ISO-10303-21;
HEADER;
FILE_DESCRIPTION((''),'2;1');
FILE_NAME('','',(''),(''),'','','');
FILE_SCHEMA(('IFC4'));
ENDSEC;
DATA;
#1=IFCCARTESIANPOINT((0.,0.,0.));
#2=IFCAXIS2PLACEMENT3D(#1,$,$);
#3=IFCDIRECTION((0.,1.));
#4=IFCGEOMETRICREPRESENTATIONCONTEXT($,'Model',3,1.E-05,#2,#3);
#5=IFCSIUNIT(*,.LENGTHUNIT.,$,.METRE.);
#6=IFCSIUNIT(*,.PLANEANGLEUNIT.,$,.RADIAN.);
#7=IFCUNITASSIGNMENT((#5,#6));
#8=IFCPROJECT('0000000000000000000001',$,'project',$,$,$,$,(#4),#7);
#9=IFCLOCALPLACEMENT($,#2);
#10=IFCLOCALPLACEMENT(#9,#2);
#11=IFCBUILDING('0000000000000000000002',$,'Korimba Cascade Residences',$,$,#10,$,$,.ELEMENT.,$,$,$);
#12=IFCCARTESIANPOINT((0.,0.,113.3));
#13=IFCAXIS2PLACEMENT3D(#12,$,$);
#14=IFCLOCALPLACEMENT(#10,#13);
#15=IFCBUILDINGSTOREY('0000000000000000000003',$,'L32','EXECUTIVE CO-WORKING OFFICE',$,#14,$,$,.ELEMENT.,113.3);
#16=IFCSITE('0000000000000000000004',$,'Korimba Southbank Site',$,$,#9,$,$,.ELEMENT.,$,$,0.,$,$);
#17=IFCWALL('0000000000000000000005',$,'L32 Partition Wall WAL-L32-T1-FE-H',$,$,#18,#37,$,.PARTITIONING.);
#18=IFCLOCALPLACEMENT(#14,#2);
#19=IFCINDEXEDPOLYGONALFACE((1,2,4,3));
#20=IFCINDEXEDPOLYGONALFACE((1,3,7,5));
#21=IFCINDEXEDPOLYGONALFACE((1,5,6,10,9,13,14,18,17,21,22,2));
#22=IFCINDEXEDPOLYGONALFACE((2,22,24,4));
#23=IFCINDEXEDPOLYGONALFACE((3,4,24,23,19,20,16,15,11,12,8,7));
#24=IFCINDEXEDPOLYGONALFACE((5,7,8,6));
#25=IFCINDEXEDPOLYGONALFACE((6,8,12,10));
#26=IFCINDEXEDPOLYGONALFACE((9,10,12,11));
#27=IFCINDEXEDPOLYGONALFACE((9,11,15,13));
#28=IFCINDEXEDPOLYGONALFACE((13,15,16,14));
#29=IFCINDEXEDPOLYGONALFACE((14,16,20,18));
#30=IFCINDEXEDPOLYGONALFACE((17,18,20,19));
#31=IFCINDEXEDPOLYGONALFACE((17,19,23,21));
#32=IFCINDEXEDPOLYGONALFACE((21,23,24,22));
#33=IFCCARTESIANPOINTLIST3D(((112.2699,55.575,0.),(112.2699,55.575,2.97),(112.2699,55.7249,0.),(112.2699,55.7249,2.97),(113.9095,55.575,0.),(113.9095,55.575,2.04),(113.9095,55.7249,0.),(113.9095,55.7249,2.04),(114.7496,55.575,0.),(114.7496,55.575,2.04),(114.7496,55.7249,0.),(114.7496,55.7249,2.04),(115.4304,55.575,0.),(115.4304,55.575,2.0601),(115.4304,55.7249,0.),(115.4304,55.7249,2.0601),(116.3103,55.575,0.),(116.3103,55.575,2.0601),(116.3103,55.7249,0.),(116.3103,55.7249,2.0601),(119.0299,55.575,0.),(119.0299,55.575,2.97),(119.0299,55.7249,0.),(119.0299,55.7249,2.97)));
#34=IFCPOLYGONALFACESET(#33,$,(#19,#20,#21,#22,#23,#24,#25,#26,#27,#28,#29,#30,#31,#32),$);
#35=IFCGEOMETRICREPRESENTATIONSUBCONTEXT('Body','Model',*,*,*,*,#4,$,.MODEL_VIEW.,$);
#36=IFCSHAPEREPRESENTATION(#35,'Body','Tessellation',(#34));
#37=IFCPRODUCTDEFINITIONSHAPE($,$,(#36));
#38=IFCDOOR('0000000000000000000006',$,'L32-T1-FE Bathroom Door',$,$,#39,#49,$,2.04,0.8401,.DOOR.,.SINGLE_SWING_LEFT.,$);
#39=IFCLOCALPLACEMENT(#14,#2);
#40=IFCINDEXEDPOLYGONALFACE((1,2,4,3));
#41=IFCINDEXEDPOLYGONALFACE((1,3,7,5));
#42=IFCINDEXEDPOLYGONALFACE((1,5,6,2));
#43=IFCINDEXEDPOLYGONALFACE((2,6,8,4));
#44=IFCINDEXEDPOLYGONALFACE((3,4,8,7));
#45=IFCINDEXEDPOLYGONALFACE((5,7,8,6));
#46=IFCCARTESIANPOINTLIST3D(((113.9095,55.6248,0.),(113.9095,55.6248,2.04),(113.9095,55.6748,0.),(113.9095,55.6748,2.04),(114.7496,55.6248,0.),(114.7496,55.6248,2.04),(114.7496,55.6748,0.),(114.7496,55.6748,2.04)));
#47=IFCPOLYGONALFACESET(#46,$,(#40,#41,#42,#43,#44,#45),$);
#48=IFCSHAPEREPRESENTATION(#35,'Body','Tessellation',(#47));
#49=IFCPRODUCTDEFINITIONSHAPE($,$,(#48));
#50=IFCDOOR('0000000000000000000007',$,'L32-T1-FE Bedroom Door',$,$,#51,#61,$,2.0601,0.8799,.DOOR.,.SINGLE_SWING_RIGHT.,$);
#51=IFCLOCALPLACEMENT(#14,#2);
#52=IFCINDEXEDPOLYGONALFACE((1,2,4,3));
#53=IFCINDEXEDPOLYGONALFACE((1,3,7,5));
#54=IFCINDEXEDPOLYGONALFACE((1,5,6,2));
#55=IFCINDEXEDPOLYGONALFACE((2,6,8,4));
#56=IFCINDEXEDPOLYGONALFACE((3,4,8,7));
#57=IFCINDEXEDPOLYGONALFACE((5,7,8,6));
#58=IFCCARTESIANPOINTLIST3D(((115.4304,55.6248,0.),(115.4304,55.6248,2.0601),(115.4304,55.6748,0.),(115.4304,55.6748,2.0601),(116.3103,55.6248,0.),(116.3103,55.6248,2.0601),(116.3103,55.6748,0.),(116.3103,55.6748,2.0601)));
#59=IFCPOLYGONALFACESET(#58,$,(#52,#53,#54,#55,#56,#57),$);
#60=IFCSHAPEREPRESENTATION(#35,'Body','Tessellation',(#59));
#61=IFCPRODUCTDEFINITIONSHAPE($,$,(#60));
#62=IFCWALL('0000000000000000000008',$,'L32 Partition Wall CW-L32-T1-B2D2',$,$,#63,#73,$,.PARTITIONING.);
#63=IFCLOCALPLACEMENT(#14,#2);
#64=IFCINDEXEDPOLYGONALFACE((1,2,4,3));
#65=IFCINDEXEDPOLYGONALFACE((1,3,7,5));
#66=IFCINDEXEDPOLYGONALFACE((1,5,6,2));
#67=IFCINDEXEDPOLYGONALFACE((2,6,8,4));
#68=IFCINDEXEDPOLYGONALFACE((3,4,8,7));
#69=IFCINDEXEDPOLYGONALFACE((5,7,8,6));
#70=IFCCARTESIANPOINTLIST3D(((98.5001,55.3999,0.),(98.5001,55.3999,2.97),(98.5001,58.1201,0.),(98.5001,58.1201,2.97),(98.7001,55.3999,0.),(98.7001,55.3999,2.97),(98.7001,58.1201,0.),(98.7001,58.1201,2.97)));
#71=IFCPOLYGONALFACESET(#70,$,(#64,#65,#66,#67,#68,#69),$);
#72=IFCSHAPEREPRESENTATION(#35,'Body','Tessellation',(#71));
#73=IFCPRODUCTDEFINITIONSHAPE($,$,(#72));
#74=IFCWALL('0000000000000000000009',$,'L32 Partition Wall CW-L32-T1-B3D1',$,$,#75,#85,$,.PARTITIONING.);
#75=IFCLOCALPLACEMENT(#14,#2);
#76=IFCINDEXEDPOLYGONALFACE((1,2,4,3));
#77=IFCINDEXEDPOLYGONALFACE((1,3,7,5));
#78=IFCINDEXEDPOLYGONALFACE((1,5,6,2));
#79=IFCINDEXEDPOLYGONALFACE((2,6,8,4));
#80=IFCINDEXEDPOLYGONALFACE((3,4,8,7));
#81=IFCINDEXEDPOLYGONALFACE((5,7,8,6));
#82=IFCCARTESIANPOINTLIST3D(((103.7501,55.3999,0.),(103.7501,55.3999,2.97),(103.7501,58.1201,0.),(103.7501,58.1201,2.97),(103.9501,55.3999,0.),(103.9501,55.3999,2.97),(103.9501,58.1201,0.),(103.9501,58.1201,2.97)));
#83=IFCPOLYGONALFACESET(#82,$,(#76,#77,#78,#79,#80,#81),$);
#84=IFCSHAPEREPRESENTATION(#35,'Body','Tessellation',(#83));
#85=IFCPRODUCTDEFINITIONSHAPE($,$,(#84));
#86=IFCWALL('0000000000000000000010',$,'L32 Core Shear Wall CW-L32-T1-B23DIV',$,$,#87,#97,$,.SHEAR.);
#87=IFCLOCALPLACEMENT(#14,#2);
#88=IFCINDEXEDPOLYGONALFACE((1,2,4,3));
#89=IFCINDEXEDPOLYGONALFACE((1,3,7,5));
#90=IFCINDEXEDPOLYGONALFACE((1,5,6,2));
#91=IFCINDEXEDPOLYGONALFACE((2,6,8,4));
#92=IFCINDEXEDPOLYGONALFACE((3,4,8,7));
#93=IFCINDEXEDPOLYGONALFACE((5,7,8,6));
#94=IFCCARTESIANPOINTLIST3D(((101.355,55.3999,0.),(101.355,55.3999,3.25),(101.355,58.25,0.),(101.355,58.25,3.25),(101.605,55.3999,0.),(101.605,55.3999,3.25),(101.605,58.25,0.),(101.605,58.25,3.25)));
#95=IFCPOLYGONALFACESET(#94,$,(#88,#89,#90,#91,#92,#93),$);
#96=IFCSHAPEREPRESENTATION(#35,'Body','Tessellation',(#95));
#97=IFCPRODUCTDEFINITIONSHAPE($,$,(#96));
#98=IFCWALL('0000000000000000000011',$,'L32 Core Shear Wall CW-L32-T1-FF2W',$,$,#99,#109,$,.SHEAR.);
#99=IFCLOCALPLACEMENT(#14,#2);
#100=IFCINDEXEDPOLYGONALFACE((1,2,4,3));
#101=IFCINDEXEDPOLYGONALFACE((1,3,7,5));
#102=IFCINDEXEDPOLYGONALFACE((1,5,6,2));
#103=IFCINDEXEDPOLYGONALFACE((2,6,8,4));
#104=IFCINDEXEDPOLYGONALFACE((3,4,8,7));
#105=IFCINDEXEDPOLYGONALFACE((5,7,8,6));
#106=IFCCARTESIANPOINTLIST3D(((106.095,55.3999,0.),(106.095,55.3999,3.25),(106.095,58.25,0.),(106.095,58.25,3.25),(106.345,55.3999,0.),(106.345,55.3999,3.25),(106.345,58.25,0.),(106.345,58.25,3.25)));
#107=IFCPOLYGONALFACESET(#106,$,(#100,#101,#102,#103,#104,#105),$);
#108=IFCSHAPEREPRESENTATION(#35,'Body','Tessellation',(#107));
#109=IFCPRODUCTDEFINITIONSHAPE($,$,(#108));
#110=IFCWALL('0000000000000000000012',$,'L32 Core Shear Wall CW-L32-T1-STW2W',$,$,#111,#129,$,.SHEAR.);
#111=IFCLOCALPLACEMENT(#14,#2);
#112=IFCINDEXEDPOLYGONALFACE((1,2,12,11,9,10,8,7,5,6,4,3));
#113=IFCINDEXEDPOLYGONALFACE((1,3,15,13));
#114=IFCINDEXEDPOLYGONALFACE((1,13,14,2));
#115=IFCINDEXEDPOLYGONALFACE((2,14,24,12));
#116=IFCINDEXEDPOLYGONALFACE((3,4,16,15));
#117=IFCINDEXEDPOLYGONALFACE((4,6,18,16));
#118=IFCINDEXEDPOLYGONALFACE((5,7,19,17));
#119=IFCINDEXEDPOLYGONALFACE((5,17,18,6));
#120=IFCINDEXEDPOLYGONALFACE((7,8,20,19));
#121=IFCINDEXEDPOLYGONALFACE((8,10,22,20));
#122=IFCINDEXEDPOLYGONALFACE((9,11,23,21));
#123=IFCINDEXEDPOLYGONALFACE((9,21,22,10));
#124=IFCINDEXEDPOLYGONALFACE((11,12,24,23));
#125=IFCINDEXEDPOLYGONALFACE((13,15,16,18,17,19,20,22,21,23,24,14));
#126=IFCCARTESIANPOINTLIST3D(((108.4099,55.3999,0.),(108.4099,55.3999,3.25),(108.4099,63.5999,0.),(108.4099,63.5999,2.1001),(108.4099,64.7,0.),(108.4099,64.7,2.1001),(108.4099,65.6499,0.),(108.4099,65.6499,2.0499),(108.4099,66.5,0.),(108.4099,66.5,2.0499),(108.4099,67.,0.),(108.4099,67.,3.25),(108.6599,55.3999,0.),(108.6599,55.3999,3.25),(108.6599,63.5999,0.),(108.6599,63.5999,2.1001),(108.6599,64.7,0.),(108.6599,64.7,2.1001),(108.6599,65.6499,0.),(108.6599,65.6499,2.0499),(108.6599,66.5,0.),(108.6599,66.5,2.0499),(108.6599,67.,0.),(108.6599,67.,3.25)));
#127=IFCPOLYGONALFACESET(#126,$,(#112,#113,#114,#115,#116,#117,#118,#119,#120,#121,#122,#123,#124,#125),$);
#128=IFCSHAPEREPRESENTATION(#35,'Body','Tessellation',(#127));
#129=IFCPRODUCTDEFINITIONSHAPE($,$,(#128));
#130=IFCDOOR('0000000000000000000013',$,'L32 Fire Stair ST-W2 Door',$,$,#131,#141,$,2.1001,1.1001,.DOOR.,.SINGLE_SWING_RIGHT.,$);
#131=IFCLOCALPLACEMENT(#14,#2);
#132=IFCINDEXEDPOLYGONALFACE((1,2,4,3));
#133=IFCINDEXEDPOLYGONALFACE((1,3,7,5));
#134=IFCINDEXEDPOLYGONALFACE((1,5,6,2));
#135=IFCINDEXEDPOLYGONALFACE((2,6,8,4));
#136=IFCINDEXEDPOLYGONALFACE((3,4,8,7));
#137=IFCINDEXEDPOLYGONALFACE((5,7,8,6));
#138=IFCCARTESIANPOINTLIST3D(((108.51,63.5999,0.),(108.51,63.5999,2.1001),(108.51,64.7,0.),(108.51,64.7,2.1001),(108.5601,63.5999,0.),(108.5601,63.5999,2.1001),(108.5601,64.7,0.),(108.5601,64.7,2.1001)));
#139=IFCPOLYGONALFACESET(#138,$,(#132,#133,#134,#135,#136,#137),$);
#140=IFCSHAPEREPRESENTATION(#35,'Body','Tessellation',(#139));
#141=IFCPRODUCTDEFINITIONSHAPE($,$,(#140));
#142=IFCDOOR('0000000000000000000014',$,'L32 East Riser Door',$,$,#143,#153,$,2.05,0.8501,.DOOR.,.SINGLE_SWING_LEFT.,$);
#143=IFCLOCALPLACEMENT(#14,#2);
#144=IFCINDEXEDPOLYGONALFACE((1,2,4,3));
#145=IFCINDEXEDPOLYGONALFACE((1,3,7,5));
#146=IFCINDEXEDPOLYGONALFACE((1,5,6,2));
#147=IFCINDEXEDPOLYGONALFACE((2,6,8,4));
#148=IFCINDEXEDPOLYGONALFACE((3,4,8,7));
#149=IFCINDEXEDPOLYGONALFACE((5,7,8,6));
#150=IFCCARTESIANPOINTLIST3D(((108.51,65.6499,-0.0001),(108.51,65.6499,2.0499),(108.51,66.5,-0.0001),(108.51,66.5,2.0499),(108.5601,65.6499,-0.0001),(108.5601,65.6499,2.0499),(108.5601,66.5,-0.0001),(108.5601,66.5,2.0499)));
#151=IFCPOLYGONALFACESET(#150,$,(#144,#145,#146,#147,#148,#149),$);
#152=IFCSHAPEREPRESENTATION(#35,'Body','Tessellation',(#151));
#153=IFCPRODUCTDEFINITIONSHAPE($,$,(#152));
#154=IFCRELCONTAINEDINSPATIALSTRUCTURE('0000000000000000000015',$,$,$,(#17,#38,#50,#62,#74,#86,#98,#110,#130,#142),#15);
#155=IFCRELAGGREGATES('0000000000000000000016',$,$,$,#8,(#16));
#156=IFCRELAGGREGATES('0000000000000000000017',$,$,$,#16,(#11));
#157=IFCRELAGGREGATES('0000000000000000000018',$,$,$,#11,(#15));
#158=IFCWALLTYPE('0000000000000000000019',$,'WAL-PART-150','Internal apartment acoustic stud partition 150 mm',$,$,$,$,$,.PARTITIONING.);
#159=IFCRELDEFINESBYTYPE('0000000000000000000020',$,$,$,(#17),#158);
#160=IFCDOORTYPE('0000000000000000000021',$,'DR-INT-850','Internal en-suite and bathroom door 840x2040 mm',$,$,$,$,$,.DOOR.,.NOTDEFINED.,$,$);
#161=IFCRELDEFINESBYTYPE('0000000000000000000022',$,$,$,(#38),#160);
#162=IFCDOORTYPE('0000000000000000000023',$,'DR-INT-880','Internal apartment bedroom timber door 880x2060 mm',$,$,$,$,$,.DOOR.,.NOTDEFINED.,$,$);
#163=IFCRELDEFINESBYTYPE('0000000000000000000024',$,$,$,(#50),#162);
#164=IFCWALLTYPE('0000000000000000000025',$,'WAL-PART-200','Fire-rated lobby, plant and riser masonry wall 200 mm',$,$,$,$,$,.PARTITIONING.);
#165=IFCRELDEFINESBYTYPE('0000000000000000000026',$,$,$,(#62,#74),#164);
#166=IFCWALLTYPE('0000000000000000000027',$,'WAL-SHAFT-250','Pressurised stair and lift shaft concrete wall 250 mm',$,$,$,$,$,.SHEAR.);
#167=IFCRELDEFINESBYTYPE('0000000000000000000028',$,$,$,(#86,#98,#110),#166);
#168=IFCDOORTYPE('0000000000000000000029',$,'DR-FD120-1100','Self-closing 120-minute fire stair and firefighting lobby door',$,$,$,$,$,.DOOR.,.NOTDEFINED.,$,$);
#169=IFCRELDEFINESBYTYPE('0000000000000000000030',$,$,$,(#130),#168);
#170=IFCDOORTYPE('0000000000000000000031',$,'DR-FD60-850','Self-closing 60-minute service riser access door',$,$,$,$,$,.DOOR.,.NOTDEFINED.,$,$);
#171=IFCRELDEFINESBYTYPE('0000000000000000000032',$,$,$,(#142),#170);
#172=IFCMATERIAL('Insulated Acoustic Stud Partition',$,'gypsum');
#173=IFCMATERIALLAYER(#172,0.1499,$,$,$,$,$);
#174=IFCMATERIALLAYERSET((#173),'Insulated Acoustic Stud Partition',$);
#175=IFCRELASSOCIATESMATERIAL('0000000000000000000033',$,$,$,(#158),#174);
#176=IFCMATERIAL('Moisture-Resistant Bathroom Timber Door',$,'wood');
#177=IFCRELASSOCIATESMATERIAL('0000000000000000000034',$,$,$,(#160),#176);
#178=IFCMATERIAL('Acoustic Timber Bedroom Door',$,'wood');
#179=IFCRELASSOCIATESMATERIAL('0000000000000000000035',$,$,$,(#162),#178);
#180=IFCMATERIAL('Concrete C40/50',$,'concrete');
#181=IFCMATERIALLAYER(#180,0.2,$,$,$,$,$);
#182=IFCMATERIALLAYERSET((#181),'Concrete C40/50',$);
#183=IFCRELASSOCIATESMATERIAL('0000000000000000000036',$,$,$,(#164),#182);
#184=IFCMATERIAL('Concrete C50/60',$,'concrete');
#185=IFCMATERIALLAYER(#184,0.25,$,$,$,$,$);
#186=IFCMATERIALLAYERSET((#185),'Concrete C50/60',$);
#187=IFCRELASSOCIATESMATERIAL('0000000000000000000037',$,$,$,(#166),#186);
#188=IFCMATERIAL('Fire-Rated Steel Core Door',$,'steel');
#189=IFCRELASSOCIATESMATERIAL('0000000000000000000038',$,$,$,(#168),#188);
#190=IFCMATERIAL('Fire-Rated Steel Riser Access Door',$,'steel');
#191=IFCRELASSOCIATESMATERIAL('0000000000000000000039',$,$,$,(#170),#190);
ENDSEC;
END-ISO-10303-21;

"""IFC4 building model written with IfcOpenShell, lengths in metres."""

from ifc_helpers import new_model, si_unit, direction, frame, frame_2d, origin, place, context, subcontext, project, spatial, rectangle, extrude, material, layer, layer_set, type_object, element, fill, save


model = new_model("IFC4")

# Units and contexts
model_context = context("Model", 3, precision=1e-05, world=origin(), true_north=direction((0.0, 1.0)))
body_context = subcontext(model_context, "Body", "Model", "MODEL_VIEW")
ifc_project = project(units=[si_unit("LENGTHUNIT", "METRE"), si_unit("PLANEANGLEUNIT", "RADIAN")], contexts=[model_context])

# Site, building, storey
site_placement = place(None, origin())
site = spatial("IfcSite", under=ifc_project, at=site_placement, Name="Korimba Southbank Site", CompositionType="ELEMENT", RefElevation=0.0)
building_placement = place(site_placement, origin())
building = spatial("IfcBuilding", under=site, at=building_placement, Name="Korimba Cascade Residences", CompositionType="ELEMENT")
storey_placement = place(building_placement, frame((0.0, 0.0, 113.3)))
storey = spatial("IfcBuildingStorey", under=building, at=storey_placement, Name="L32", Description="EXECUTIVE CO-WORKING OFFICE", CompositionType="ELEMENT", Elevation=113.3)

# Shared definitions
ifc_material_1 = material(Name="Insulated Acoustic Stud Partition", Category="gypsum")
ifc_layer_1 = layer(ifc_material_1, 0.1499)
ifc_layer_set_1 = layer_set([ifc_layer_1], Name="Insulated Acoustic Stud Partition")
wall_type_1 = type_object("IfcWallType", Name="WAL-PART-150", Description="Internal apartment acoustic stud partition 150 mm", PredefinedType="PARTITIONING", material=ifc_layer_set_1)

# Wall, openings, doors
wall_1_placement = place(storey_placement, frame((112.27, 55.6499, 0.0), z_axis=(0.0, 0.0, 1.0), x_axis=(1.0, 0.0, 0.0)))
wall_1 = element("IfcWall", 1, at=wall_1_placement, inside=storey, type_object=wall_type_1, Name="L32 Partition Wall WAL-L32-T1-FE-H", PredefinedType="PARTITIONING", context=body_context, shape_type="SweptSolid", body=[
    extrude(rectangle(XDim=6.76, YDim=0.1499, at=frame_2d((3.3799, 0.0))), origin(), (0.0, 0.0, 1.0), 2.97),
])
opening_1_placement = place(wall_1_placement, frame((1.6396, 0.0, 0.0)))
opening_1 = element("IfcOpeningElement", 2, at=opening_1_placement, cuts=wall_1, PredefinedType="OPENING", context=body_context, shape_type="SweptSolid", body=[
    extrude(rectangle(XDim=0.8401, YDim=2.04, at=frame_2d((0.4199, 1.02))), frame((0.0, 0.085, 0.0), z_axis=(0.0, -1.0, 0.0), x_axis=(1.0, 0.0, 0.0)), (0.0, 0.0, 1.0), 0.1699),
])
opening_2_placement = place(wall_1_placement, frame((3.1604, 0.0, 0.0)))
opening_2 = element("IfcOpeningElement", 3, at=opening_2_placement, cuts=wall_1, PredefinedType="OPENING", context=body_context, shape_type="SweptSolid", body=[
    extrude(rectangle(XDim=0.8799, YDim=2.0601, at=frame_2d((0.4399, 1.03))), frame((0.0, 0.085, 0.0), z_axis=(0.0, -1.0, 0.0), x_axis=(1.0, 0.0, 0.0)), (0.0, 0.0, 1.0), 0.1699),
])
ifc_material_2 = material(Name="Moisture-Resistant Bathroom Timber Door", Category="wood")
door_type_1 = type_object("IfcDoorType", Name="DR-INT-850", Description="Internal en-suite and bathroom door 840x2040 mm", OperationType="NOTDEFINED", PredefinedType="DOOR", material=ifc_material_2)
door_1_placement = place(opening_1_placement, origin())
door_1 = element("IfcDoor", 4, at=door_1_placement, inside=storey, type_object=door_type_1, Name="L32-T1-FE Bathroom Door", OperationType="SINGLE_SWING_LEFT", OverallHeight=2.04, OverallWidth=0.8401, PredefinedType="DOOR", context=body_context, shape_type="SweptSolid", body=[
    extrude(rectangle(XDim=0.8401, YDim=2.04, at=frame_2d((0.4199, 1.02))), frame((0.0, 0.0249, 0.0), z_axis=(0.0, -1.0, 0.0), x_axis=(1.0, 0.0, 0.0)), (0.0, 0.0, 1.0), 0.05),
])
fill(opening_1, door_1)
ifc_material_3 = material(Name="Acoustic Timber Bedroom Door", Category="wood")
door_type_2 = type_object("IfcDoorType", Name="DR-INT-880", Description="Internal apartment bedroom timber door 880x2060 mm", OperationType="NOTDEFINED", PredefinedType="DOOR", material=ifc_material_3)
door_2_placement = place(opening_2_placement, origin())
door_2 = element("IfcDoor", 5, at=door_2_placement, inside=storey, type_object=door_type_2, Name="L32-T1-FE Bedroom Door", OperationType="SINGLE_SWING_RIGHT", OverallHeight=2.0601, OverallWidth=0.8799, PredefinedType="DOOR", context=body_context, shape_type="SweptSolid", body=[
    extrude(rectangle(XDim=0.8799, YDim=2.0601, at=frame_2d((0.4399, 1.03))), frame((0.0, 0.0249, 0.0), z_axis=(0.0, -1.0, 0.0), x_axis=(1.0, 0.0, 0.0)), (0.0, 0.0, 1.0), 0.05),
])
fill(opening_2, door_2)

# Walls
ifc_material_4 = material(Name="Concrete C40/50", Category="concrete")
ifc_layer_2 = layer(ifc_material_4, 0.2)
ifc_layer_set_2 = layer_set([ifc_layer_2], Name="Concrete C40/50")
wall_type_2 = type_object("IfcWallType", Name="WAL-PART-200", Description="Fire-rated lobby, plant and riser masonry wall 200 mm", PredefinedType="PARTITIONING", material=ifc_layer_set_2)
for number, where, z_axis, x_axis, name in (
    (6, (98.6001, 55.3999, 0.0), (0.0, 0.0, 1.0), (0.0, 1.0, 0.0), "L32 Partition Wall CW-L32-T1-B2D2"),
    (7, (103.8501, 55.3999, 0.0), (0.0, 0.0, 1.0), (0.0, 1.0, 0.0), "L32 Partition Wall CW-L32-T1-B3D1"),
):
    element("IfcWall", number, at=place(storey_placement, frame(where, z_axis=z_axis, x_axis=x_axis)), inside=storey, type_object=wall_type_2, Name=name, PredefinedType="PARTITIONING", context=body_context, shape_type="SweptSolid", body=[
        extrude(rectangle(XDim=2.7202, YDim=0.2, at=frame_2d((1.3601, 0.0))), origin(), (0.0, 0.0, 1.0), 2.97),
    ])
ifc_material_5 = material(Name="Concrete C50/60", Category="concrete")
ifc_layer_3 = layer(ifc_material_5, 0.25)
ifc_layer_set_3 = layer_set([ifc_layer_3], Name="Concrete C50/60")
wall_type_3 = type_object("IfcWallType", Name="WAL-SHAFT-250", Description="Pressurised stair and lift shaft concrete wall 250 mm", PredefinedType="SHEAR", material=ifc_layer_set_3)
for number, where, z_axis, x_axis, name in (
    (8, (101.48, 55.3999, 0.0), (0.0, 0.0, 1.0), (0.0, 1.0, 0.0), "L32 Core Shear Wall CW-L32-T1-B23DIV"),
    (9, (106.22, 55.3999, 0.0), (0.0, 0.0, 1.0), (0.0, 1.0, 0.0), "L32 Core Shear Wall CW-L32-T1-FF2W"),
):
    element("IfcWall", number, at=place(storey_placement, frame(where, z_axis=z_axis, x_axis=x_axis)), inside=storey, type_object=wall_type_3, Name=name, PredefinedType="SHEAR", context=body_context, shape_type="SweptSolid", body=[
        extrude(rectangle(XDim=2.8501, YDim=0.25, at=frame_2d((1.425, 0.0))), origin(), (0.0, 0.0, 1.0), 3.25),
    ])

# Wall, openings, doors
wall_2_placement = place(storey_placement, frame((108.5349, 55.3999, 0.0), z_axis=(0.0, 0.0, 1.0), x_axis=(0.0, 1.0, 0.0)))
wall_2 = element("IfcWall", 10, at=wall_2_placement, inside=storey, type_object=wall_type_3, Name="L32 Core Shear Wall CW-L32-T1-STW2W", PredefinedType="SHEAR", context=body_context, shape_type="SweptSolid", body=[
    extrude(rectangle(XDim=11.6001, YDim=0.25, at=frame_2d((5.8, 0.0))), origin(), (0.0, 0.0, 1.0), 3.25),
])
opening_3_placement = place(wall_2_placement, frame((8.2, 0.0, 0.0)))
opening_3 = element("IfcOpeningElement", 11, at=opening_3_placement, cuts=wall_2, PredefinedType="OPENING", context=body_context, shape_type="SweptSolid", body=[
    extrude(rectangle(XDim=1.1001, YDim=2.1001, at=frame_2d((0.55, 1.05))), frame((0.0, 0.135, 0.0), z_axis=(0.0, -1.0, 0.0), x_axis=(1.0, 0.0, 0.0)), (0.0, 0.0, 1.0), 0.27),
])
opening_4_placement = place(wall_2_placement, frame((10.25, 0.0, 0.0)))
opening_4 = element("IfcOpeningElement", 12, at=opening_4_placement, cuts=wall_2, PredefinedType="OPENING", context=body_context, shape_type="SweptSolid", body=[
    extrude(rectangle(XDim=0.8501, YDim=2.05, at=frame_2d((0.425, 1.0249))), frame((0.0, 0.135, 0.0), z_axis=(0.0, -1.0, 0.0), x_axis=(1.0, 0.0, 0.0)), (0.0, 0.0, 1.0), 0.27),
])
ifc_material_6 = material(Name="Fire-Rated Steel Core Door", Category="steel")
door_type_3 = type_object("IfcDoorType", Name="DR-FD120-1100", Description="Self-closing 120-minute fire stair and firefighting lobby door", OperationType="NOTDEFINED", PredefinedType="DOOR", material=ifc_material_6)
door_3_placement = place(opening_3_placement, origin())
door_3 = element("IfcDoor", 13, at=door_3_placement, inside=storey, type_object=door_type_3, Name="L32 Fire Stair ST-W2 Door", OperationType="SINGLE_SWING_RIGHT", OverallHeight=2.1001, OverallWidth=1.1001, PredefinedType="DOOR", context=body_context, shape_type="SweptSolid", body=[
    extrude(rectangle(XDim=1.1001, YDim=2.1001, at=frame_2d((0.55, 1.05))), frame((0.0, 0.0249, 0.0), z_axis=(0.0, -1.0, 0.0), x_axis=(1.0, 0.0, 0.0)), (0.0, 0.0, 1.0), 0.05),
])
fill(opening_3, door_3)
ifc_material_7 = material(Name="Fire-Rated Steel Riser Access Door", Category="steel")
door_type_4 = type_object("IfcDoorType", Name="DR-FD60-850", Description="Self-closing 60-minute service riser access door", OperationType="NOTDEFINED", PredefinedType="DOOR", material=ifc_material_7)
door_4_placement = place(opening_4_placement, origin())
door_4 = element("IfcDoor", 14, at=door_4_placement, inside=storey, type_object=door_type_4, Name="L32 East Riser Door", OperationType="SINGLE_SWING_LEFT", OverallHeight=2.05, OverallWidth=0.8501, PredefinedType="DOOR", context=body_context, shape_type="SweptSolid", body=[
    extrude(rectangle(XDim=0.8501, YDim=2.05, at=frame_2d((0.425, 1.0249))), frame((0.0, 0.0249, 0.0), z_axis=(0.0, -1.0, 0.0), x_axis=(1.0, 0.0, 0.0)), (0.0, 0.0, 1.0), 0.05),
])
fill(opening_4, door_4)

save(model, "model.ifc")
